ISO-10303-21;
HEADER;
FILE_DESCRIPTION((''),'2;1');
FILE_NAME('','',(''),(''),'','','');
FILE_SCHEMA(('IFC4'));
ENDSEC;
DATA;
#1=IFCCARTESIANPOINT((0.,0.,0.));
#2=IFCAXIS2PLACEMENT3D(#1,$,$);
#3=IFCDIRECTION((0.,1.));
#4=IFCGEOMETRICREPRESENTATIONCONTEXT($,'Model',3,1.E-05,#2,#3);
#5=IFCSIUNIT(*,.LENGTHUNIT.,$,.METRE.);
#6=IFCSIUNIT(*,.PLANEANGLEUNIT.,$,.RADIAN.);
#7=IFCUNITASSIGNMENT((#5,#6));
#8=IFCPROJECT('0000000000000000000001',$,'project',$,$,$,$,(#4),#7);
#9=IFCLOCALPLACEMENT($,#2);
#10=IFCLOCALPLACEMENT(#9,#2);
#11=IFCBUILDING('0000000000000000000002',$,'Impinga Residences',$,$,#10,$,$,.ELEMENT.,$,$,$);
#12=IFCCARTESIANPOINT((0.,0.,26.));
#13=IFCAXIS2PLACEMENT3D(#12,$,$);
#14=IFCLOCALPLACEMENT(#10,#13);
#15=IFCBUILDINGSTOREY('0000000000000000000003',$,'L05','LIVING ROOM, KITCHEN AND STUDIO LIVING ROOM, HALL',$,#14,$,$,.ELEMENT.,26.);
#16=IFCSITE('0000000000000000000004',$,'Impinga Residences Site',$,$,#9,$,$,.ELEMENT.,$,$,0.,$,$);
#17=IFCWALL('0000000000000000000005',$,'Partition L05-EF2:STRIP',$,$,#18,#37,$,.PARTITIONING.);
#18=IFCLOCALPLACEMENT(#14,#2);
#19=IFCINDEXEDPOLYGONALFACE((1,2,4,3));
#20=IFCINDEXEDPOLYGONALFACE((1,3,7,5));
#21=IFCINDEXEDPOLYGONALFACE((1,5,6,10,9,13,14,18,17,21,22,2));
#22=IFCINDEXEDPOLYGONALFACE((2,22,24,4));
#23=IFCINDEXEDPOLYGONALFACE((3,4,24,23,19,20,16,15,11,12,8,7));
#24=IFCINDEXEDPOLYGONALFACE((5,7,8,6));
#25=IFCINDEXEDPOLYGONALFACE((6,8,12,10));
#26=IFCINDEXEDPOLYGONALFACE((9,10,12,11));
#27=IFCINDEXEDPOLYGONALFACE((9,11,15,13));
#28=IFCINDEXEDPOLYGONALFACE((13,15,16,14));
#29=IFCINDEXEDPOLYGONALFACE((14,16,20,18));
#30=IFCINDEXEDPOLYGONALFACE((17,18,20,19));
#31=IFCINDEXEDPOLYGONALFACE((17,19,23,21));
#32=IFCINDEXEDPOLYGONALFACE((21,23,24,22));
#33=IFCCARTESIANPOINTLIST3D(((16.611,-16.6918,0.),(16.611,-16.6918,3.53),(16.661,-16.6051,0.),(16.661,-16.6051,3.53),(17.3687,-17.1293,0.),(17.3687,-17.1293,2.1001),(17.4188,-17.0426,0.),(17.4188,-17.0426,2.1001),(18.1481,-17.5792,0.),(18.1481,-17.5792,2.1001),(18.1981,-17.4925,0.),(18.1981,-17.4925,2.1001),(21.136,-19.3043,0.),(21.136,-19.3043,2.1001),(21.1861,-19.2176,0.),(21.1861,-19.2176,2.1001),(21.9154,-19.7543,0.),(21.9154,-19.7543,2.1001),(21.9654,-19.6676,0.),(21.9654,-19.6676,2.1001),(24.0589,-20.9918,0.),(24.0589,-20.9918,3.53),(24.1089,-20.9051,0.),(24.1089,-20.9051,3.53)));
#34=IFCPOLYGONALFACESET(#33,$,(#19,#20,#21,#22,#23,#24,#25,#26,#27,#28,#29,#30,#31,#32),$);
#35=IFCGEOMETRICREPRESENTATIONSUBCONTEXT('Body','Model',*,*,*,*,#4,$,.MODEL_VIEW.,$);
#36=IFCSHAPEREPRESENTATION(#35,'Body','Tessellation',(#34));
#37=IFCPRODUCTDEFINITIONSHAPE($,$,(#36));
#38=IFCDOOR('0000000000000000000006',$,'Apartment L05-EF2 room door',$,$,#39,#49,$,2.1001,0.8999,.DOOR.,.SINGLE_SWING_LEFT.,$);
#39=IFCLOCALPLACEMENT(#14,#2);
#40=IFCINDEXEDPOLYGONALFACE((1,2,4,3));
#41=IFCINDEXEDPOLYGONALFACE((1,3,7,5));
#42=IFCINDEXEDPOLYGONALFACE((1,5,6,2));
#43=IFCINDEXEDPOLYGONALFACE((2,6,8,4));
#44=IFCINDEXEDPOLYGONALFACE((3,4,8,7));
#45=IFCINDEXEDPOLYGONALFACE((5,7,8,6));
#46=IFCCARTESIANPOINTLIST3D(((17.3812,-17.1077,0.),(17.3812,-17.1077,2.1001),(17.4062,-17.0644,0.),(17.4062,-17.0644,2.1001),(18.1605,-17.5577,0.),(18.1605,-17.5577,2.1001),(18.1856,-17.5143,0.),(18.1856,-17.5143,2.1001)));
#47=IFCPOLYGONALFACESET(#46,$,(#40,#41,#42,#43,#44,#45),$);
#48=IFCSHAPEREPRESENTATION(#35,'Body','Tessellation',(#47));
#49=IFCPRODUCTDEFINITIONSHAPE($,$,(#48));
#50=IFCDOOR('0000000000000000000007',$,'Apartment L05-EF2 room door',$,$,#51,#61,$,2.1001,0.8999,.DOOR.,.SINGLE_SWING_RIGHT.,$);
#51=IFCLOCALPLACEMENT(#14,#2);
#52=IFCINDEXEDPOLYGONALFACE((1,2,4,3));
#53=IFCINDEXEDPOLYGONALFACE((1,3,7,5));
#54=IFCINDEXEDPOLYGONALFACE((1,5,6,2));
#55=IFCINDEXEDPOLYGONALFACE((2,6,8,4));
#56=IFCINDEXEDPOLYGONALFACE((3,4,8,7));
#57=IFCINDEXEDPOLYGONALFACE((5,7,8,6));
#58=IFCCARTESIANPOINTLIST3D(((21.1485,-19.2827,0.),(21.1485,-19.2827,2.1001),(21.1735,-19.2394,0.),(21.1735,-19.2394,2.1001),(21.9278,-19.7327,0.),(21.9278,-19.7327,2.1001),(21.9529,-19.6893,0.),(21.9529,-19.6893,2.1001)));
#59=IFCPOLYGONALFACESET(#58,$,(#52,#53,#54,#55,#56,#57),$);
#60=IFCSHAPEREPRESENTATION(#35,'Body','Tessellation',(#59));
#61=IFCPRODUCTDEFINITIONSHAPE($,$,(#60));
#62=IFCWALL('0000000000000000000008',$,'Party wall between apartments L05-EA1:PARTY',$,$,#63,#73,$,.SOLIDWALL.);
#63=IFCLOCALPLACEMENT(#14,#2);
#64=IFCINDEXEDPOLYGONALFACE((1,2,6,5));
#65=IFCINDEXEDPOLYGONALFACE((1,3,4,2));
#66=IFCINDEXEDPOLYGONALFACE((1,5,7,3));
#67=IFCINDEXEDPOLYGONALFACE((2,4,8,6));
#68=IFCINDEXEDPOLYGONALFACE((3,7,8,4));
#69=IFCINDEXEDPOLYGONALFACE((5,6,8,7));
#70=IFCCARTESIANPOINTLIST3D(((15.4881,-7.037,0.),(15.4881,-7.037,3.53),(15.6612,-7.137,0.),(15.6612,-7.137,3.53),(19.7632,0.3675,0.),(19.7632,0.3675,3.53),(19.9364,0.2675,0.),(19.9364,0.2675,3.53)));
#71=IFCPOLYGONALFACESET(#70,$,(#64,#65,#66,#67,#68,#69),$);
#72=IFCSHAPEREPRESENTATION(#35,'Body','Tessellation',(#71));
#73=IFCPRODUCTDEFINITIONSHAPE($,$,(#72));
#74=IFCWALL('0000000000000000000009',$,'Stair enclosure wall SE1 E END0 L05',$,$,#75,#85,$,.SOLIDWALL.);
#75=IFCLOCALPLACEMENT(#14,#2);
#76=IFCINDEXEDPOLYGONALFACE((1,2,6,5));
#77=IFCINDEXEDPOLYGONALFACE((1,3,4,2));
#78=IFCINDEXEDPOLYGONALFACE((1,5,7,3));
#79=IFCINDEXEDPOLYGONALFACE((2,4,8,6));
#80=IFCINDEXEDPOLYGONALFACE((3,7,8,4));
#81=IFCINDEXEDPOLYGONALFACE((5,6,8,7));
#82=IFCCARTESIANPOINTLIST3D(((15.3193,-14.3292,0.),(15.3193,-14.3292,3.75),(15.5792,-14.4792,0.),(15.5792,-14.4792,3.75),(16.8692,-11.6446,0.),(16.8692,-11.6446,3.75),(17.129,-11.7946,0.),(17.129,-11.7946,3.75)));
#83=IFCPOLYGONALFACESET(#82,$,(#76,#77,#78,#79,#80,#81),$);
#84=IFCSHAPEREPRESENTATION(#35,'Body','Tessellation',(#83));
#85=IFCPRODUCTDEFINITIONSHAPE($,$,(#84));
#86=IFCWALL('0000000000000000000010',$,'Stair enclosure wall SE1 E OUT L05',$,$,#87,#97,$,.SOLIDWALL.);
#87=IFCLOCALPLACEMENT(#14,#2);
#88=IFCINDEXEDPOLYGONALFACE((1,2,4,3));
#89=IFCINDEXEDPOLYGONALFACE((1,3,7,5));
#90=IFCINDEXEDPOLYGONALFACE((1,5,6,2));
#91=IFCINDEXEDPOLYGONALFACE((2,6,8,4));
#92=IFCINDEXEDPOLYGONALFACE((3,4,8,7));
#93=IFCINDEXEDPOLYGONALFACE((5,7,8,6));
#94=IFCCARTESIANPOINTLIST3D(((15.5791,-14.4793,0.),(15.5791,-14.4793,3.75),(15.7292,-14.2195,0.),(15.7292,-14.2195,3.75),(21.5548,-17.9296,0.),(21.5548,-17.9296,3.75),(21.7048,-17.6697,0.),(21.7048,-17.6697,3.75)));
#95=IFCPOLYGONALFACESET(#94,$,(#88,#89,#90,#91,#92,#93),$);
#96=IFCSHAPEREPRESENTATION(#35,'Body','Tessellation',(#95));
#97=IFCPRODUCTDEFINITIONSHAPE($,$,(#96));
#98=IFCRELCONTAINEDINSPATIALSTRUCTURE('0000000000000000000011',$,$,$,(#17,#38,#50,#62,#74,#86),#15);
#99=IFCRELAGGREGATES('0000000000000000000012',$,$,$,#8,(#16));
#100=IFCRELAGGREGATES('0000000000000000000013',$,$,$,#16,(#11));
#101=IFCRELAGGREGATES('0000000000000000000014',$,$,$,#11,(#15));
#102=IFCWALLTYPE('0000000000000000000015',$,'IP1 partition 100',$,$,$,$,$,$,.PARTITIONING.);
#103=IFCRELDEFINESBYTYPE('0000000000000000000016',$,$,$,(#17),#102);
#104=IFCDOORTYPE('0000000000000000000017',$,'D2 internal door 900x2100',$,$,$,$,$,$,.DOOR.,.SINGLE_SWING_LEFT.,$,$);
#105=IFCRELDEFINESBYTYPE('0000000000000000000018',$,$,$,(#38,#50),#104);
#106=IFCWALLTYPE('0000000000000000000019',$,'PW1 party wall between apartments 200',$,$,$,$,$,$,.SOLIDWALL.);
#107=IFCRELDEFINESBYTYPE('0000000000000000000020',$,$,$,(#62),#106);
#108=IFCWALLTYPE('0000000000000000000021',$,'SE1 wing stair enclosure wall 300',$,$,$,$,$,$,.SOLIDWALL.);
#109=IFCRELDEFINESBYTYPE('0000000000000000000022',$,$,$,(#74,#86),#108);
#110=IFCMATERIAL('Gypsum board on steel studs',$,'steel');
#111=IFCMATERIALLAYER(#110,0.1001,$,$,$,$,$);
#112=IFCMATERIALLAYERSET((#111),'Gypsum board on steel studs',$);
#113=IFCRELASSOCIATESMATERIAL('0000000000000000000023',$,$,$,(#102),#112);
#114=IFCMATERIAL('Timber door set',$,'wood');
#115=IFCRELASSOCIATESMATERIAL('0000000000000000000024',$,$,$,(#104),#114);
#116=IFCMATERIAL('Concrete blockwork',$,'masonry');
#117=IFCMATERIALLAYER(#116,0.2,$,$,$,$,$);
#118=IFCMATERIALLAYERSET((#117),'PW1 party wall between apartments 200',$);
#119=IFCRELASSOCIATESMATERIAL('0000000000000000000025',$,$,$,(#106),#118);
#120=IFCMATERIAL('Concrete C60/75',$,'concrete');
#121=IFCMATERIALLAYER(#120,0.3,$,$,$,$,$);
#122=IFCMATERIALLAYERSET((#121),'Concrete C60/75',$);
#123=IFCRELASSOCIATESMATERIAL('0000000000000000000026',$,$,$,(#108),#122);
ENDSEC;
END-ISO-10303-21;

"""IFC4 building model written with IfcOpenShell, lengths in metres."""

from ifc_helpers import new_model, si_unit, direction, frame, frame_2d, origin, place, context, subcontext, project, spatial, rectangle, extrude, material, layer, layer_set, type_object, element, fill, save


model = new_model("IFC4")

# Units and contexts
model_context = context("Model", 3, precision=1e-05, world=origin(), true_north=direction((0.0, 1.0)))
body_context = subcontext(model_context, "Body", "Model", "MODEL_VIEW")
ifc_project = project(units=[si_unit("LENGTHUNIT", "METRE"), si_unit("PLANEANGLEUNIT", "RADIAN")], contexts=[model_context])

# Site, building, storey
site_placement = place(None, origin())
site = spatial("IfcSite", under=ifc_project, at=site_placement, Name="Impinga Residences Site", CompositionType="ELEMENT", RefElevation=0.0)
building_placement = place(site_placement, origin())
building = spatial("IfcBuilding", under=site, at=building_placement, Name="Impinga Residences", CompositionType="ELEMENT")
storey_placement = place(building_placement, frame((0.0, 0.0, 26.0)))
storey = spatial("IfcBuildingStorey", under=building, at=storey_placement, Name="L05", Description="LIVING ROOM, KITCHEN AND STUDIO LIVING ROOM, HALL", CompositionType="ELEMENT", Elevation=26.0)

# Shared definitions
ifc_material_1 = material(Name="Concrete C60/75", Category="concrete")

# Shared definitions
ifc_material_2 = material(Name="Timber door set", Category="wood")

# Shared definitions
ifc_material_3 = material(Name="Gypsum board on steel studs", Category="steel")
ifc_layer_1 = layer(ifc_material_3, 0.1001)
ifc_layer_set_1 = layer_set([ifc_layer_1], Name="Gypsum board on steel studs")
wall_type_1 = type_object("IfcWallType", Name="IP1 partition 100", PredefinedType="PARTITIONING", material=ifc_layer_set_1)
door_type_1 = type_object("IfcDoorType", Name="D2 internal door 900x2100", OperationType="SINGLE_SWING_LEFT", PredefinedType="DOOR", material=ifc_material_2)

# Wall, openings, doors
wall_1_placement = place(storey_placement, frame((16.636, -16.6484, 0.0), z_axis=(0.0, 0.0, 1.0), x_axis=(0.866028, -0.499995, 0.0)))
wall_1 = element("IfcWall", 1, at=wall_1_placement, inside=storey, type_object=wall_type_1, Name="Partition L05-EF2:STRIP", PredefinedType="PARTITIONING", context=body_context, shape_type="SweptSolid", body=[
    extrude(rectangle(XDim=8.6001, YDim=0.1001, at=frame_2d((4.3, 0.0))), origin(), (0.0, 0.0, 1.0), 3.53),
])
opening_1_placement = place(wall_1_placement, frame((0.875, 0.0, 0.0)))
opening_1 = element("IfcOpeningElement", 2, at=opening_1_placement, cuts=wall_1, PredefinedType="OPENING", context=body_context, shape_type="SweptSolid", body=[
    extrude(rectangle(XDim=0.8999, YDim=2.1001, at=frame_2d((0.45, 1.05))), frame((0.0, 0.0601, 0.0), z_axis=(0.0, -1.0, 0.0), x_axis=(1.0, 0.0, 0.0)), (0.0, 0.0, 1.0), 0.1201),
])
opening_2_placement = place(wall_1_placement, frame((5.2251, 0.0, 0.0)))
opening_2 = element("IfcOpeningElement", 3, at=opening_2_placement, cuts=wall_1, PredefinedType="OPENING", context=body_context, shape_type="SweptSolid", body=[
    extrude(rectangle(XDim=0.8999, YDim=2.1001, at=frame_2d((0.45, 1.05))), frame((0.0, 0.0601, 0.0), z_axis=(0.0, -1.0, 0.0), x_axis=(1.0, 0.0, 0.0)), (0.0, 0.0, 1.0), 0.1201),
])
door_1_placement = place(opening_1_placement, origin())
door_1 = element("IfcDoor", 4, at=door_1_placement, inside=storey, type_object=door_type_1, Name="Apartment L05-EF2 room door", OperationType="SINGLE_SWING_LEFT", OverallHeight=2.1001, OverallWidth=0.8999, PredefinedType="DOOR", context=body_context, shape_type="SweptSolid", body=[
    extrude(rectangle(XDim=0.8999, YDim=2.1001, at=frame_2d((0.45, 1.05))), frame((0.0, 0.0249, 0.0), z_axis=(0.0, -1.0, 0.0), x_axis=(1.0, 0.0, 0.0)), (0.0, 0.0, 1.0), 0.05),
])
fill(opening_1, door_1)
door_2_placement = place(opening_2_placement, origin())
door_2 = element("IfcDoor", 5, at=door_2_placement, inside=storey, type_object=door_type_1, Name="Apartment L05-EF2 room door", OperationType="SINGLE_SWING_RIGHT", OverallHeight=2.1001, OverallWidth=0.8999, PredefinedType="DOOR", context=body_context, shape_type="SweptSolid", body=[
    extrude(rectangle(XDim=0.8999, YDim=2.1001, at=frame_2d((0.45, 1.05))), frame((0.0, 0.0249, 0.0), z_axis=(0.0, -1.0, 0.0), x_axis=(1.0, 0.0, 0.0)), (0.0, 0.0, 1.0), 0.05),
])
fill(opening_2, door_2)

# Walls
ifc_material_4 = material(Name="Concrete blockwork", Category="masonry")
ifc_layer_2 = layer(ifc_material_4, 0.2)
ifc_layer_set_2 = layer_set([ifc_layer_2], Name="PW1 party wall between apartments 200")
wall_type_2 = type_object("IfcWallType", Name="PW1 party wall between apartments 200", PredefinedType="SOLIDWALL", material=ifc_layer_set_2)
wall_2_placement = place(storey_placement, frame((15.5747, -7.0869, 0.0), z_axis=(0.0, 0.0, 1.0), x_axis=(0.500012, 0.866019, 0.0)))
element("IfcWall", 6, at=wall_2_placement, inside=storey, type_object=wall_type_2, Name="Party wall between apartments L05-EA1:PARTY", PredefinedType="SOLIDWALL", context=body_context, shape_type="SweptSolid", body=[
    extrude(rectangle(XDim=8.55, YDim=0.2, at=frame_2d((4.2749, 0.0))), origin(), (0.0, 0.0, 1.0), 3.53),
])
ifc_layer_3 = layer(ifc_material_1, 0.3)
ifc_layer_set_3 = layer_set([ifc_layer_3], Name="Concrete C60/75")
wall_type_3 = type_object("IfcWallType", Name="SE1 wing stair enclosure wall 300", PredefinedType="SOLIDWALL", material=ifc_layer_set_3)
wall_3_placement = place(storey_placement, frame((16.999, -11.7197, 0.0), z_axis=(0.0, 0.0, 1.0), x_axis=(-0.499968, -0.866044, 0.0)))
element("IfcWall", 7, at=wall_3_placement, inside=storey, type_object=wall_type_3, Name="Stair enclosure wall SE1 E END0 L05", PredefinedType="SOLIDWALL", context=body_context, shape_type="SweptSolid", body=[
    extrude(rectangle(XDim=3.0999, YDim=0.3, at=frame_2d((1.5498, 0.0))), origin(), (0.0, 0.0, 1.0), 3.75),
])
wall_4_placement = place(storey_placement, frame((15.6541, -14.3494, 0.0), z_axis=(0.0, 0.0, 1.0), x_axis=(0.866014, -0.500021, 0.0)))
element("IfcWall", 8, at=wall_4_placement, inside=storey, type_object=wall_type_3, Name="Stair enclosure wall SE1 E OUT L05", PredefinedType="SOLIDWALL", context=body_context, shape_type="SweptSolid", body=[
    extrude(rectangle(XDim=6.9001, YDim=0.3, at=frame_2d((3.4502, 0.0))), origin(), (0.0, 0.0, 1.0), 3.75),
])

save(model, "model.ifc")
